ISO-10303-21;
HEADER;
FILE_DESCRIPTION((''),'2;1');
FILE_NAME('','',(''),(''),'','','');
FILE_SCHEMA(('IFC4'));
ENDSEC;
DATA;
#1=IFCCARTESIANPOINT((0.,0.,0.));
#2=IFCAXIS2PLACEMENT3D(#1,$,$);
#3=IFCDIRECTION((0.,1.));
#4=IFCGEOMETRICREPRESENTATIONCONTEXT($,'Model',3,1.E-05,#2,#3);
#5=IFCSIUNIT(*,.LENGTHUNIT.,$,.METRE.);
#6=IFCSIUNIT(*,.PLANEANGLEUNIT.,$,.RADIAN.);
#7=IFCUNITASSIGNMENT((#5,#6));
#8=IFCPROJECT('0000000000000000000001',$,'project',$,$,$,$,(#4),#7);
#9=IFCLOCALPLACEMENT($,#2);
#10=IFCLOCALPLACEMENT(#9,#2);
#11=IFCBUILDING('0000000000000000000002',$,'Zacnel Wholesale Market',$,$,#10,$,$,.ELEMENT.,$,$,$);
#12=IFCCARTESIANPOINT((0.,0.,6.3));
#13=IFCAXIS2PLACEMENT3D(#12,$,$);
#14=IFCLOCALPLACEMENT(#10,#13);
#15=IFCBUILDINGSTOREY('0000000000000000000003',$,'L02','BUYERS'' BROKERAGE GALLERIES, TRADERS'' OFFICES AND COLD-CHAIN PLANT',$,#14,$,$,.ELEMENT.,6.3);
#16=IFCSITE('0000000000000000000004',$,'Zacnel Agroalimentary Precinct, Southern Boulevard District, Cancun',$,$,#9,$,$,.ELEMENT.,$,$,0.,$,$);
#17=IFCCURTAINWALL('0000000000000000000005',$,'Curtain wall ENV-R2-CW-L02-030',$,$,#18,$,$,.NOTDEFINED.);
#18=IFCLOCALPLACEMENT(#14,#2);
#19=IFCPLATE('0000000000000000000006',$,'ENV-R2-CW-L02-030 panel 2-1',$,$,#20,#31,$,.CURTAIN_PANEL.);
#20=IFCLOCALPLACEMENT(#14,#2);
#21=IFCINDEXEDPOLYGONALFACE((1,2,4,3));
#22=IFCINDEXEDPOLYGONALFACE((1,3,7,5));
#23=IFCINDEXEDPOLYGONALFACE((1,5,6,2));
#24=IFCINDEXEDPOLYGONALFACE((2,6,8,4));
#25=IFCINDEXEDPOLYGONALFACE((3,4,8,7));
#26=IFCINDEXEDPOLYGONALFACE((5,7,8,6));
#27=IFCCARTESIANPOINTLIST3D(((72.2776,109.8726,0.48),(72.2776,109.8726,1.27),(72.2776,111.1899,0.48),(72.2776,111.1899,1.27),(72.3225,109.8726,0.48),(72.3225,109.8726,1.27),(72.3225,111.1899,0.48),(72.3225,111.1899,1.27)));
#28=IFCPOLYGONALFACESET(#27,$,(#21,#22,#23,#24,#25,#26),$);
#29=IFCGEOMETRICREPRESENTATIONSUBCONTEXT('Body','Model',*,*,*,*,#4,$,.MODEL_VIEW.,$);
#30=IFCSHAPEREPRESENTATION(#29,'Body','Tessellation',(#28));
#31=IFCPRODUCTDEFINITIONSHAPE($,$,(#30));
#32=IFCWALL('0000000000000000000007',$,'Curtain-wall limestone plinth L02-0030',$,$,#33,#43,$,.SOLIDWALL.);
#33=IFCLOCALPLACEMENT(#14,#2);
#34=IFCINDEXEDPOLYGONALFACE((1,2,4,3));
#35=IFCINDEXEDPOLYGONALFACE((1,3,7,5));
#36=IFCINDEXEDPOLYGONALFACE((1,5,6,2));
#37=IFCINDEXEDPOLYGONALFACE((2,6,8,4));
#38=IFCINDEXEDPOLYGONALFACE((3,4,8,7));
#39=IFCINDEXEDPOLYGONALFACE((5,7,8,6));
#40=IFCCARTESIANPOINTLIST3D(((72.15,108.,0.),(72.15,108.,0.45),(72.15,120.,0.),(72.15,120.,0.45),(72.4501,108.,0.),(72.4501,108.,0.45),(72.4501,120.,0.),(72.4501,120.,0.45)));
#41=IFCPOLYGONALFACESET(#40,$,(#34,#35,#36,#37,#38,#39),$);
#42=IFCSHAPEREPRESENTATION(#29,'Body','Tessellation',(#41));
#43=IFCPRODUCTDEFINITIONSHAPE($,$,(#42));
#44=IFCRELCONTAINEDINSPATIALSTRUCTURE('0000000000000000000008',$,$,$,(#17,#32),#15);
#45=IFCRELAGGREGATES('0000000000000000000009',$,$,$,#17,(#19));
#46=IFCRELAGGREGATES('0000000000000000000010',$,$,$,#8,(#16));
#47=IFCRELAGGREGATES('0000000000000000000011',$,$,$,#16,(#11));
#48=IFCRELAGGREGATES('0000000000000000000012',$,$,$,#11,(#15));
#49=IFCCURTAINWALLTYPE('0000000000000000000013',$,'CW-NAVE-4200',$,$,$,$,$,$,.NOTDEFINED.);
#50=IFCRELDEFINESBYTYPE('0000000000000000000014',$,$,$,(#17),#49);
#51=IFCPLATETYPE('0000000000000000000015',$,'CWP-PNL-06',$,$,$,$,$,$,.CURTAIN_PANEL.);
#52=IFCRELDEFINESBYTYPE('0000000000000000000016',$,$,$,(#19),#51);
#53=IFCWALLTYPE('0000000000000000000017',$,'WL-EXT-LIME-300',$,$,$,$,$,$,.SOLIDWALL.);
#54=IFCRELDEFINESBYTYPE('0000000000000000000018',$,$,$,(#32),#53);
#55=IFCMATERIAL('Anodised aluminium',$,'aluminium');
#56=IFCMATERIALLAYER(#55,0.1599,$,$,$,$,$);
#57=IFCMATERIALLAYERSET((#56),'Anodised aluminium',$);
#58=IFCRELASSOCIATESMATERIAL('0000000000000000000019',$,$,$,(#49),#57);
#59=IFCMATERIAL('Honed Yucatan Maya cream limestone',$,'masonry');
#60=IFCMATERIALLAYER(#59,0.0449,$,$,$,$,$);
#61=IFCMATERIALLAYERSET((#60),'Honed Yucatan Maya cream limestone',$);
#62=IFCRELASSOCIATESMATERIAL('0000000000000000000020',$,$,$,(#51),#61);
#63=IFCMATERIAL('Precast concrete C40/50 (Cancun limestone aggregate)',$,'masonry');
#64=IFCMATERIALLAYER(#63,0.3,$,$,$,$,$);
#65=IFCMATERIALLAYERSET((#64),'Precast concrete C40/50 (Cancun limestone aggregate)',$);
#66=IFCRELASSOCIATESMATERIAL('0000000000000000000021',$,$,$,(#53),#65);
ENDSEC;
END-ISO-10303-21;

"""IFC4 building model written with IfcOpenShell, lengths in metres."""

from ifc_helpers import new_model, si_unit, direction, frame, frame_2d, origin, origin_2d, place, context, subcontext, project, spatial, rectangle, extrude, material, layer, layer_set, type_object, element, aggregate, save


model = new_model("IFC4")

# Units and contexts
model_context = context("Model", 3, precision=1e-05, world=origin(), true_north=direction((0.0, 1.0)))
body_context = subcontext(model_context, "Body", "Model", "MODEL_VIEW")
ifc_project = project(units=[si_unit("LENGTHUNIT", "METRE"), si_unit("PLANEANGLEUNIT", "RADIAN")], contexts=[model_context])

# Site, building, storey
site_placement = place(None, origin())
site = spatial("IfcSite", under=ifc_project, at=site_placement, Name="Zacnel Agroalimentary Precinct, Southern Boulevard District, Cancun", CompositionType="ELEMENT", RefElevation=0.0)
building_placement = place(site_placement, origin())
building = spatial("IfcBuilding", under=site, at=building_placement, Name="Zacnel Wholesale Market", CompositionType="ELEMENT")
storey_placement = place(building_placement, frame((0.0, 0.0, 6.3)))
storey = spatial("IfcBuildingStorey", under=building, at=storey_placement, Name="L02", Description="BUYERS' BROKERAGE GALLERIES, TRADERS' OFFICES AND COLD-CHAIN PLANT", CompositionType="ELEMENT", Elevation=6.3)

# Curtain wall
ifc_material_1 = material(Name="Anodised aluminium", Category="aluminium")
ifc_layer_1 = layer(ifc_material_1, 0.1599)
ifc_layer_set_1 = layer_set([ifc_layer_1], Name="Anodised aluminium")
curtain_wall_type = type_object("IfcCurtainWallType", Name="CW-NAVE-4200", PredefinedType="NOTDEFINED", material=ifc_layer_set_1)
curtain_wall_1_placement = place(storey_placement, origin())
curtain_wall_1 = element("IfcCurtainWall", 1, at=curtain_wall_1_placement, inside=storey, type_object=curtain_wall_type, Name="Curtain wall ENV-R2-CW-L02-030", PredefinedType="NOTDEFINED")

# Plate
ifc_material_2 = material(Name="Honed Yucatan Maya cream limestone", Category="masonry")
ifc_layer_2 = layer(ifc_material_2, 0.0449)
ifc_layer_set_2 = layer_set([ifc_layer_2], Name="Honed Yucatan Maya cream limestone")
plate_type_1 = type_object("IfcPlateType", Name="CWP-PNL-06", PredefinedType="CURTAIN_PANEL", material=ifc_layer_set_2)
plate_1_placement = place(storey_placement, frame((72.3, 110.5312, 0.48), z_axis=(0.0, 0.0, 1.0), x_axis=(0.0, 1.0, 0.0)))
plate_1 = element("IfcPlate", 2, at=plate_1_placement, type_object=plate_type_1, Name="ENV-R2-CW-L02-030 panel 2-1", PredefinedType="CURTAIN_PANEL", context=body_context, shape_type="SweptSolid", body=[
    extrude(rectangle(XDim=1.3174, YDim=0.0449, at=origin_2d()), origin(), (0.0, 0.0, 1.0), 0.79),
])
aggregate(curtain_wall_1, [plate_1])

# Wall
ifc_material_3 = material(Name="Precast concrete C40/50 (Cancun limestone aggregate)", Category="masonry")
ifc_layer_3 = layer(ifc_material_3, 0.3)
ifc_layer_set_3 = layer_set([ifc_layer_3], Name="Precast concrete C40/50 (Cancun limestone aggregate)")
wall_type = type_object("IfcWallType", Name="WL-EXT-LIME-300", PredefinedType="SOLIDWALL", material=ifc_layer_set_3)
wall_placement = place(storey_placement, frame((72.3, 108.0, 0.0), z_axis=(0.0, 0.0, 1.0), x_axis=(0.0, 1.0, 0.0)))
element("IfcWall", 3, at=wall_placement, inside=storey, type_object=wall_type, Name="Curtain-wall limestone plinth L02-0030", PredefinedType="SOLIDWALL", context=body_context, shape_type="SweptSolid", body=[
    extrude(rectangle(XDim=12.0, YDim=0.3, at=frame_2d((6.0, 0.0))), origin(), (0.0, 0.0, 1.0), 0.45),
])

save(model, "model.ifc")
